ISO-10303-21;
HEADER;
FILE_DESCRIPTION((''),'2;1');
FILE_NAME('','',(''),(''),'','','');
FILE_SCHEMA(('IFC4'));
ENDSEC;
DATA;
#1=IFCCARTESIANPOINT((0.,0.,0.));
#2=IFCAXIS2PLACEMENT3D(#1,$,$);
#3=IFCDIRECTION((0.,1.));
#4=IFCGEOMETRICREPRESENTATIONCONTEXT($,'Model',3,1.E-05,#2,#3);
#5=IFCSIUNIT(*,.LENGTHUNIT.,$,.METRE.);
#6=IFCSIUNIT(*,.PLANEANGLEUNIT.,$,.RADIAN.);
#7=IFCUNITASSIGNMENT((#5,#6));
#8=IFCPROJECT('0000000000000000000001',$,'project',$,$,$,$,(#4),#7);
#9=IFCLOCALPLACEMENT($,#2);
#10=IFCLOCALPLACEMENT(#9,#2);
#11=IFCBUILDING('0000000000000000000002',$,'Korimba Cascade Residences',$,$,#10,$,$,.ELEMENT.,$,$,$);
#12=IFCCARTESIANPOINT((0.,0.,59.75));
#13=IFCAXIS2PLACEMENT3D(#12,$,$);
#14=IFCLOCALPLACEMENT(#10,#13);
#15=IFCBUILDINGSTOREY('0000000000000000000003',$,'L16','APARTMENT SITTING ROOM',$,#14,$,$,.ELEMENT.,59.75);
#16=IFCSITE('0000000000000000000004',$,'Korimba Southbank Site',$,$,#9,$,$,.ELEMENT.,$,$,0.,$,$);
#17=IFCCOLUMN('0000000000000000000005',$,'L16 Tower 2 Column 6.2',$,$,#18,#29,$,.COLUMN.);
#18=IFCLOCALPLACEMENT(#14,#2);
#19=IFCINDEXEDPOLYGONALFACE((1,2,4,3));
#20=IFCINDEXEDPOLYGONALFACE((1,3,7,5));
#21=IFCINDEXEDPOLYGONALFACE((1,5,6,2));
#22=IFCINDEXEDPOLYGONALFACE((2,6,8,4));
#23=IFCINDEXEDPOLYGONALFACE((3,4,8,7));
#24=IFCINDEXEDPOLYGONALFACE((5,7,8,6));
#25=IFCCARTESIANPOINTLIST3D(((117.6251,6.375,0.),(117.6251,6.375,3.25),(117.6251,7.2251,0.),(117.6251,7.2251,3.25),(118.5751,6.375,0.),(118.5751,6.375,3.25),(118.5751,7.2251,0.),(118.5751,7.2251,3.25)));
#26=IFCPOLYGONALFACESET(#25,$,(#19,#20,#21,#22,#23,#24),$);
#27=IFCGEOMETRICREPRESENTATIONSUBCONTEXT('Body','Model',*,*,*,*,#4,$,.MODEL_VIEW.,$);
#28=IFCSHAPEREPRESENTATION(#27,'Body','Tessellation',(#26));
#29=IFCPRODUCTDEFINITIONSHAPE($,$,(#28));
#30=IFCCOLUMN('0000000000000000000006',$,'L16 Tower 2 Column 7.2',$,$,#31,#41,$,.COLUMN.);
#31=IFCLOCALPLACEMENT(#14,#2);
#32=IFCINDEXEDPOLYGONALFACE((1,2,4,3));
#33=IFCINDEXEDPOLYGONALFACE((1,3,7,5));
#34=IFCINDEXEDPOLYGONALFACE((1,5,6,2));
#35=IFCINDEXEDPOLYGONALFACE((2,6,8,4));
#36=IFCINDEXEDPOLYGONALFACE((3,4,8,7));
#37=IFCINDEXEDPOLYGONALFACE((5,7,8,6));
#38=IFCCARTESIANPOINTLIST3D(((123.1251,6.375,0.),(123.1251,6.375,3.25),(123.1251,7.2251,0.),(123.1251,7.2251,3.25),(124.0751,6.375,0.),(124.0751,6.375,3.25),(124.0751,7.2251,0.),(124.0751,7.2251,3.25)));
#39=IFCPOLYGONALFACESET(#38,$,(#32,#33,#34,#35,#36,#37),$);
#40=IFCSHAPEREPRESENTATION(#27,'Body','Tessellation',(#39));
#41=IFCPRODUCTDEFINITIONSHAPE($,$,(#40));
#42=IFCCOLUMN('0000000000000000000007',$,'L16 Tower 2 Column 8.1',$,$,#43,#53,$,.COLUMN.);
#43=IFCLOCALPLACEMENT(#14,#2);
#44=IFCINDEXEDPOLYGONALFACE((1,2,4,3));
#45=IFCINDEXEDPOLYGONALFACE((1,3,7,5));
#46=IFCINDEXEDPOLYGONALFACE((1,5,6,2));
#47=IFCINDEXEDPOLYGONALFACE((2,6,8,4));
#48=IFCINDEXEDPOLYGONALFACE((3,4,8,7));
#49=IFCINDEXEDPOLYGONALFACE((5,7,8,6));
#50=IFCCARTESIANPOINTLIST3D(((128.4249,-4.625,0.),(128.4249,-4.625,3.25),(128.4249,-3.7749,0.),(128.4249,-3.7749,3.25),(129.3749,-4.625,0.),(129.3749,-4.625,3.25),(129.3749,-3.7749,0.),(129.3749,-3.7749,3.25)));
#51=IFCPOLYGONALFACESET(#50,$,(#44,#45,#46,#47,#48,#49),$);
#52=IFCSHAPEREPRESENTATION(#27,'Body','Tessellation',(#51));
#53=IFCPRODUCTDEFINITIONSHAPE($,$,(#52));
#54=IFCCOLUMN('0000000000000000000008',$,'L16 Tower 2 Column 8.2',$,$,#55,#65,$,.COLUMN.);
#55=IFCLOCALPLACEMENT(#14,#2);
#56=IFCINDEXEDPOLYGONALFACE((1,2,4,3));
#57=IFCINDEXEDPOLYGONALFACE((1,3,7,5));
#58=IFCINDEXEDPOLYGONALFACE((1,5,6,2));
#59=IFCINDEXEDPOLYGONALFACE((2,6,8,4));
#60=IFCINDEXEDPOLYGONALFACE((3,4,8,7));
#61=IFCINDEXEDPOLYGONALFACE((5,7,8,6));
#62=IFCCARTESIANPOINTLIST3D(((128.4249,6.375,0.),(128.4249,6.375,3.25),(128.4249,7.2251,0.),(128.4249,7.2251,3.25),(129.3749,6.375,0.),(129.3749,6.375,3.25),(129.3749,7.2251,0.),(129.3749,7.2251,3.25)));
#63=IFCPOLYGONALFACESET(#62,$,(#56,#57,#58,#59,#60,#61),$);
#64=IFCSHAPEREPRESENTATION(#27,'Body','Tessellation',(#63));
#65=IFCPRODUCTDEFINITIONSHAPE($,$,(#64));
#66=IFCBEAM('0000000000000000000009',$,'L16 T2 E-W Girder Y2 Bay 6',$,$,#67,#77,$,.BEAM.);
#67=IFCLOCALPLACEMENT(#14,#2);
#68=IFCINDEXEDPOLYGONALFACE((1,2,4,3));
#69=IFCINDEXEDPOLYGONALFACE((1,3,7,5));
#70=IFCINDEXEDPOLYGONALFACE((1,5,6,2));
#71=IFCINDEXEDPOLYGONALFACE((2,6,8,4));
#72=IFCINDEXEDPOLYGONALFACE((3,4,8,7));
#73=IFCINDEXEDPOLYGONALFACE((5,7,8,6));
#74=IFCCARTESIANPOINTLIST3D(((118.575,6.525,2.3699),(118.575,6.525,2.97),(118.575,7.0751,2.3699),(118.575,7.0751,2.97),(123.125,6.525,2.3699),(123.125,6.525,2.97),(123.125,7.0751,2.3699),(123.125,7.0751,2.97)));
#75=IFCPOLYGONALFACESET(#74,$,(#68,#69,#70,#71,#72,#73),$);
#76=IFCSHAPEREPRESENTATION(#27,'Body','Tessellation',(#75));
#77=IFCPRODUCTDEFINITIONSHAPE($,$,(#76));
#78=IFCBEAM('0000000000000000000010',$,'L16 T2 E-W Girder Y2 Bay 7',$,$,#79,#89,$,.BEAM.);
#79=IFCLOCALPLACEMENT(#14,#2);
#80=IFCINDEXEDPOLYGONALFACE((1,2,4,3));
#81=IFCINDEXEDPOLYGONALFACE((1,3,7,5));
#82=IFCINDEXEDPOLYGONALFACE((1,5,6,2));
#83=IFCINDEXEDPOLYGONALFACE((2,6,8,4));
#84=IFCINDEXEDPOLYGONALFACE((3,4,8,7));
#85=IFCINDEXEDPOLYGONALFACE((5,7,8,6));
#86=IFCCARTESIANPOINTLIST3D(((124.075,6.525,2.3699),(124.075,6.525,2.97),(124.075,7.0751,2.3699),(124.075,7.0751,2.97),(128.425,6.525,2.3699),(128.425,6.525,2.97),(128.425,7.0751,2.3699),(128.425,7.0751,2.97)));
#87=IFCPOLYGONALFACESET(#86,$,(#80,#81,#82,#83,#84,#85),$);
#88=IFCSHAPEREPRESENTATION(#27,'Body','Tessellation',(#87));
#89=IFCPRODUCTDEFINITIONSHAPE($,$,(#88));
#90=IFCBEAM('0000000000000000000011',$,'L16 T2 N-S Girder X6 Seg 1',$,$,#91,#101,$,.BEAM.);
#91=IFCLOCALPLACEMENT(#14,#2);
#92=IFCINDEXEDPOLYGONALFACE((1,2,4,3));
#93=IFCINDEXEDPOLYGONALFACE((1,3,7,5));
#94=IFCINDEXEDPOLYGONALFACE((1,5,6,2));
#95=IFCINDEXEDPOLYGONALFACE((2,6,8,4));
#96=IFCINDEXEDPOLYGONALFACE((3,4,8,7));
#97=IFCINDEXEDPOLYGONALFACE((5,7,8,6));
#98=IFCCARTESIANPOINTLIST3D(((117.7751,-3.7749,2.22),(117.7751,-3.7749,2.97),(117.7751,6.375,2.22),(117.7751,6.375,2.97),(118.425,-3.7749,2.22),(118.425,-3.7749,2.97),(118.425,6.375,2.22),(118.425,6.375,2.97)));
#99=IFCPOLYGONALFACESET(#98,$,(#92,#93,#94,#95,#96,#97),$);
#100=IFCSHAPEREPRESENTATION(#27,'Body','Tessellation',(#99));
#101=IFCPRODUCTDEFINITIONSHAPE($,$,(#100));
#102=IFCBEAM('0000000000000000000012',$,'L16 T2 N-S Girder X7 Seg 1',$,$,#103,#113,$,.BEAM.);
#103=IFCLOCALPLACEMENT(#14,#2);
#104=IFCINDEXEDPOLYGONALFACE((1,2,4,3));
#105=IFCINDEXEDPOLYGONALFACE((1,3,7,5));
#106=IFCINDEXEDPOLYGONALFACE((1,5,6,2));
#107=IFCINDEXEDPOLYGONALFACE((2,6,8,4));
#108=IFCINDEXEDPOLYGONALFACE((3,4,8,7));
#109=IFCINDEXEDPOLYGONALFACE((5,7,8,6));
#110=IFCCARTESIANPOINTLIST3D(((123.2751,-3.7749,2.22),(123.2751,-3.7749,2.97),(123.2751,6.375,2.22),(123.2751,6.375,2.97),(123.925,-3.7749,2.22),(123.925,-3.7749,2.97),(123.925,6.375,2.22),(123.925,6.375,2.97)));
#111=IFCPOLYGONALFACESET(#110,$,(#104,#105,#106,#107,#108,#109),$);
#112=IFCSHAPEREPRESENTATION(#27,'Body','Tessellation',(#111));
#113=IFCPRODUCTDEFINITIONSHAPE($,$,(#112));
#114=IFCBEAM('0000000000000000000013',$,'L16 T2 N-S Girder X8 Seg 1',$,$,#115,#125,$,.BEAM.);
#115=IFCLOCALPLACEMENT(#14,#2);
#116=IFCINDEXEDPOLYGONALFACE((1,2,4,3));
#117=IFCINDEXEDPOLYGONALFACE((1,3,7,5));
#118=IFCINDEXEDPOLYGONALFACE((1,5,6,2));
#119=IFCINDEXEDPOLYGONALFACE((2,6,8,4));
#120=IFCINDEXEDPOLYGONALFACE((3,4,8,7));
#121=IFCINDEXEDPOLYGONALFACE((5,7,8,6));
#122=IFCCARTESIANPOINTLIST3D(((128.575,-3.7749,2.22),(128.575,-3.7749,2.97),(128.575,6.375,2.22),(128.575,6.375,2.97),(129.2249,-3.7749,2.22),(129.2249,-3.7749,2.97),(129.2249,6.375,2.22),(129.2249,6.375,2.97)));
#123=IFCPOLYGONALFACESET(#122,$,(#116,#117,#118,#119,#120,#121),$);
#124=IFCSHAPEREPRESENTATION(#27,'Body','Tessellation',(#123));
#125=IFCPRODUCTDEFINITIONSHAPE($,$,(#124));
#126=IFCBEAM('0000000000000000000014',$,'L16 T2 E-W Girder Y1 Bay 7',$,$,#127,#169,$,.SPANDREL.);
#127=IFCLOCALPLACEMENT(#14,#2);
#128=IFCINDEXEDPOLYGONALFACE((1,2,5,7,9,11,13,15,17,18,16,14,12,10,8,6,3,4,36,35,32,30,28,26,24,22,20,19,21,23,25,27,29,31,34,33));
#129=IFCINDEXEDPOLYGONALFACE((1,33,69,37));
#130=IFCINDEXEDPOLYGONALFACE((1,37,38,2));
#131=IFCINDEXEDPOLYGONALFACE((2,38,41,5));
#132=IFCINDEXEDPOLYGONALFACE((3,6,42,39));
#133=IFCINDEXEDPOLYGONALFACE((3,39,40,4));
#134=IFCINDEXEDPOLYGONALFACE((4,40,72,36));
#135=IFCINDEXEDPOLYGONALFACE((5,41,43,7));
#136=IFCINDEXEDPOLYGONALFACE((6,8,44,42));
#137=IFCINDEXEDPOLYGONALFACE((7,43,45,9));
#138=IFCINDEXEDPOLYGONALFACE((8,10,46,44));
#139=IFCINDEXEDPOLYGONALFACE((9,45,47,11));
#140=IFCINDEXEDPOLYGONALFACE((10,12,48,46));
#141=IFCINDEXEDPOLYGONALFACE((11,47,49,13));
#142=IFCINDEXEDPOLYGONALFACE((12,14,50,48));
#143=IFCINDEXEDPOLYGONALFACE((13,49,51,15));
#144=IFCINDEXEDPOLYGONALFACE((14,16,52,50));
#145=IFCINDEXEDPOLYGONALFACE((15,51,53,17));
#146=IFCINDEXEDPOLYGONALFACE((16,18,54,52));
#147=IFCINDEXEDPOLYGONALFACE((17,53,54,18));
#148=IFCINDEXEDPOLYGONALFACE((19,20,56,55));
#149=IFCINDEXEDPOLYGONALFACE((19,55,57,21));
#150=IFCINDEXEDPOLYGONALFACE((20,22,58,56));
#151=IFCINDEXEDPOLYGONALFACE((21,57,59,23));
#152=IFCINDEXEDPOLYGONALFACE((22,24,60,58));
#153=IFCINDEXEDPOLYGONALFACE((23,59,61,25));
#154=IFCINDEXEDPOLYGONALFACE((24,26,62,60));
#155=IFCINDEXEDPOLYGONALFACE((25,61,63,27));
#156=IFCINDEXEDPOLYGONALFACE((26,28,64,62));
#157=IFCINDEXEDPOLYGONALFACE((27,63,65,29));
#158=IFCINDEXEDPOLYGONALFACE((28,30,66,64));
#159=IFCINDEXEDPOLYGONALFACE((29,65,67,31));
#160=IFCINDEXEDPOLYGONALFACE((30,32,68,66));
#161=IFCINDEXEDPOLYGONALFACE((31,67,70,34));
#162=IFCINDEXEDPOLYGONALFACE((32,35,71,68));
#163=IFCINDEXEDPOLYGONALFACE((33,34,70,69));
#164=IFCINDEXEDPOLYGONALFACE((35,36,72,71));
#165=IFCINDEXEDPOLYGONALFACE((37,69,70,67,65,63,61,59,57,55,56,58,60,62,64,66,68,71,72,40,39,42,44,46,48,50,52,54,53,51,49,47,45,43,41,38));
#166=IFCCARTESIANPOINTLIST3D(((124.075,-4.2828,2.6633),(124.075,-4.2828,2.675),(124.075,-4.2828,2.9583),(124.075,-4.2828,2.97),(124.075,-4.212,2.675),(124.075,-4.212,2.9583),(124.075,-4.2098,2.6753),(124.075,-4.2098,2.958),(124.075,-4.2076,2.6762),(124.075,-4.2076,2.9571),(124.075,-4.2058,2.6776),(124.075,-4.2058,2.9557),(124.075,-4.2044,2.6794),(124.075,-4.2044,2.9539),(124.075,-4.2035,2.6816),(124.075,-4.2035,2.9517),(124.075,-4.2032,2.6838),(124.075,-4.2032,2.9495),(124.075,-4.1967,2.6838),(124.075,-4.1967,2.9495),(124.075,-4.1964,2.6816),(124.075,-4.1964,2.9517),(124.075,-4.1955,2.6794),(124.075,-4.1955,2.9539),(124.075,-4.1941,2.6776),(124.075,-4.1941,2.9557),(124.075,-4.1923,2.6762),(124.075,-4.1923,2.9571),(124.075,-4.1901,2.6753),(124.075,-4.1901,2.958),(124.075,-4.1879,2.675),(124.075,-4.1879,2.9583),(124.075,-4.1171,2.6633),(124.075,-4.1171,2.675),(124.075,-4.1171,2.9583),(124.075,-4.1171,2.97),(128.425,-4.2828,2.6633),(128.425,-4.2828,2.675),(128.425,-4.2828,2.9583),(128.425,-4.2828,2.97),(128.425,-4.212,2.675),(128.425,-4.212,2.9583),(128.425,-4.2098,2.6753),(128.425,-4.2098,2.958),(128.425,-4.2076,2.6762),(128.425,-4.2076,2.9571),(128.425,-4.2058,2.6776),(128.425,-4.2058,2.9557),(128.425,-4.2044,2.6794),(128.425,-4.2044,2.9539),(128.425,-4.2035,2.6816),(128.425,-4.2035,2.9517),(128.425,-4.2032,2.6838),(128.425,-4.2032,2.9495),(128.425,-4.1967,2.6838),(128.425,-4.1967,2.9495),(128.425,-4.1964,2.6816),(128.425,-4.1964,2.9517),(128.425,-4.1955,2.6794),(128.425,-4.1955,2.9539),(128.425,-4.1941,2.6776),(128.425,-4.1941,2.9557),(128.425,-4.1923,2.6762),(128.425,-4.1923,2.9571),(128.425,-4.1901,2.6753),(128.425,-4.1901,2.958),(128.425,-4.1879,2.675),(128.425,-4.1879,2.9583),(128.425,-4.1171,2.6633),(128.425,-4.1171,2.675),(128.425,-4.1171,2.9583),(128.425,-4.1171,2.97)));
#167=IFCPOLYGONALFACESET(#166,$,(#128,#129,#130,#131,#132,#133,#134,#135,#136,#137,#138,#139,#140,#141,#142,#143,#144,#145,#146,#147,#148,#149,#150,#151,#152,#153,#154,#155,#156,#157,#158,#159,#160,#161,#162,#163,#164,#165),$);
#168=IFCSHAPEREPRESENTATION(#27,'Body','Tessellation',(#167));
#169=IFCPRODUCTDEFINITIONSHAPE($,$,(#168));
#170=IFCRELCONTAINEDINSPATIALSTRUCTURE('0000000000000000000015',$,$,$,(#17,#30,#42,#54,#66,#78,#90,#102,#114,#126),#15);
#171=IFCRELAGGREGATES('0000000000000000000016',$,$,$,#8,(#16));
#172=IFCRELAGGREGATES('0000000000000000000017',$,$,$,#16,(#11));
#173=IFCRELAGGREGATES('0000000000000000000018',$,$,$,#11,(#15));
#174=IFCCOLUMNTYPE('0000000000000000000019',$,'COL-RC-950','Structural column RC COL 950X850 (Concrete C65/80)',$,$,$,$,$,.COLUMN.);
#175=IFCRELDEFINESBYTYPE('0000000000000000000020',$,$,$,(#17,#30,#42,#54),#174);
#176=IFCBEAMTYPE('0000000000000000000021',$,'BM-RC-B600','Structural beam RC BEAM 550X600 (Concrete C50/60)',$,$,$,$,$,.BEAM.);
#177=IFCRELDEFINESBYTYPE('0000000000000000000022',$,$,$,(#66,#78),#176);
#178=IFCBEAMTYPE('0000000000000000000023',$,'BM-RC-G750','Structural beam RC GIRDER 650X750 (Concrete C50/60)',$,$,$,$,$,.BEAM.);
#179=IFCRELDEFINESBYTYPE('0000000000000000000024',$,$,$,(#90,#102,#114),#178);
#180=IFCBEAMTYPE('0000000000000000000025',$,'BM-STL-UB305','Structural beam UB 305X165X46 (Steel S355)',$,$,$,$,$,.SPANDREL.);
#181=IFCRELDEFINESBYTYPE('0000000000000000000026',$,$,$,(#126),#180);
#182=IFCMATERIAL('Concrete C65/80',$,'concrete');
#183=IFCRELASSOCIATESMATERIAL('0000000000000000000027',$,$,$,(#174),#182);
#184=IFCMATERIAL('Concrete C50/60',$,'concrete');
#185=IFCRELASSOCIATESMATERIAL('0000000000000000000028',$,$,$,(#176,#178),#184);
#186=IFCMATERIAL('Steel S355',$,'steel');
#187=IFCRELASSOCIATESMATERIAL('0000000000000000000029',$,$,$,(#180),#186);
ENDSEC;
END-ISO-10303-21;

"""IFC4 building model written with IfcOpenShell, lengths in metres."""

from ifc_helpers import new_model, si_unit, direction, frame, origin, origin_2d, place, context, subcontext, project, spatial, rectangle, i_section, extrude, material, material_profile, profile_set, type_object, element, save


model = new_model("IFC4")

# Units and contexts
model_context = context("Model", 3, precision=1e-05, world=origin(), true_north=direction((0.0, 1.0)))
body_context = subcontext(model_context, "Body", "Model", "MODEL_VIEW")
ifc_project = project(units=[si_unit("LENGTHUNIT", "METRE"), si_unit("PLANEANGLEUNIT", "RADIAN")], contexts=[model_context])

# Site, building, storey
site_placement = place(None, origin())
site = spatial("IfcSite", under=ifc_project, at=site_placement, Name="Korimba Southbank Site", CompositionType="ELEMENT", RefElevation=0.0)
building_placement = place(site_placement, origin())
building = spatial("IfcBuilding", under=site, at=building_placement, Name="Korimba Cascade Residences", CompositionType="ELEMENT")
storey_placement = place(building_placement, frame((0.0, 0.0, 59.75)))
storey = spatial("IfcBuildingStorey", under=building, at=storey_placement, Name="L16", Description="APARTMENT SITTING ROOM", CompositionType="ELEMENT", Elevation=59.75)

# Columns
ifc_material_1 = material(Name="Concrete C65/80", Category="concrete")
ifc_material_profile_1 = material_profile(ifc_material_1, rectangle(XDim=0.95, YDim=0.8501, at=origin_2d()), Name="Concrete C65/80")
ifc_profile_set_1 = profile_set([ifc_material_profile_1], Name="Concrete C65/80")
column_type = type_object("IfcColumnType", Name="COL-RC-950", Description="Structural column RC COL 950X850 (Concrete C65/80)", PredefinedType="COLUMN", material=ifc_profile_set_1)
for number, where, z_axis, x_axis, name in (
    (1, (118.1001, 6.8, 0.0), (0.0, 0.0, 1.0), (1.0, 0.0, 0.0), "L16 Tower 2 Column 6.2"),
    (2, (123.6001, 6.8, 0.0), (0.0, 0.0, 1.0), (1.0, 0.0, 0.0), "L16 Tower 2 Column 7.2"),
    (3, (128.8999, -4.2, 0.0), (0.0, 0.0, 1.0), (1.0, 0.0, 0.0), "L16 Tower 2 Column 8.1"),
    (4, (128.8999, 6.8, 0.0), (0.0, 0.0, 1.0), (1.0, 0.0, 0.0), "L16 Tower 2 Column 8.2"),
):
    element("IfcColumn", number, at=place(storey_placement, frame(where, z_axis=z_axis, x_axis=x_axis)), inside=storey, type_object=column_type, Name=name, PredefinedType="COLUMN", context=body_context, shape_type="SweptSolid", body=[
        extrude(rectangle(XDim=0.95, YDim=0.8501, at=origin_2d()), origin(), (0.0, 0.0, 1.0), 3.25),
    ])

# Beams
ifc_material_2 = material(Name="Concrete C50/60", Category="concrete")
ifc_material_profile_2 = material_profile(ifc_material_2, rectangle(XDim=0.55, YDim=0.6001, at=origin_2d()), Name="Concrete C50/60")
ifc_profile_set_2 = profile_set([ifc_material_profile_2], Name="Concrete C50/60")
beam_type_1 = type_object("IfcBeamType", Name="BM-RC-B600", Description="Structural beam RC BEAM 550X600 (Concrete C50/60)", PredefinedType="BEAM", material=ifc_profile_set_2)
beam_1_placement = place(storey_placement, frame((118.575, 6.8, 2.6699), z_axis=(1.0, 0.0, 0.0), x_axis=(0.0, 1.0, 0.0)))
element("IfcBeam", 5, at=beam_1_placement, inside=storey, type_object=beam_type_1, Name="L16 T2 E-W Girder Y2 Bay 6", PredefinedType="BEAM", context=body_context, shape_type="SweptSolid", body=[
    extrude(rectangle(XDim=0.55, YDim=0.6001, at=origin_2d()), origin(), (0.0, 0.0, 1.0), 4.55),
])
beam_2_placement = place(storey_placement, frame((124.075, 6.8, 2.6699), z_axis=(1.0, 0.0, 0.0), x_axis=(0.0, 1.0, 0.0)))
element("IfcBeam", 6, at=beam_2_placement, inside=storey, type_object=beam_type_1, Name="L16 T2 E-W Girder Y2 Bay 7", PredefinedType="BEAM", context=body_context, shape_type="SweptSolid", body=[
    extrude(rectangle(XDim=0.55, YDim=0.6001, at=origin_2d()), origin(), (0.0, 0.0, 1.0), 4.3501),
])
ifc_material_profile_3 = material_profile(ifc_material_2, rectangle(XDim=0.6499, YDim=0.75, at=origin_2d()), Name="Concrete C50/60")
ifc_profile_set_3 = profile_set([ifc_material_profile_3], Name="Concrete C50/60")
beam_type_2 = type_object("IfcBeamType", Name="BM-RC-G750", Description="Structural beam RC GIRDER 650X750 (Concrete C50/60)", PredefinedType="BEAM", material=ifc_profile_set_3)
for number, where, z_axis, x_axis, name in (
    (7, (118.1001, -3.7749, 2.595), (0.0, 1.0, 0.0), (-1.0, 0.0, 0.0), "L16 T2 N-S Girder X6 Seg 1"),
    (8, (123.6001, -3.7749, 2.595), (0.0, 1.0, 0.0), (-1.0, 0.0, 0.0), "L16 T2 N-S Girder X7 Seg 1"),
    (9, (128.8999, -3.7749, 2.595), (0.0, 1.0, 0.0), (-1.0, 0.0, 0.0), "L16 T2 N-S Girder X8 Seg 1"),
):
    element("IfcBeam", number, at=place(storey_placement, frame(where, z_axis=z_axis, x_axis=x_axis)), inside=storey, type_object=beam_type_2, Name=name, PredefinedType="BEAM", context=body_context, shape_type="SweptSolid", body=[
        extrude(rectangle(XDim=0.6499, YDim=0.75, at=origin_2d()), origin(), (0.0, 0.0, 1.0), 10.1499),
    ])
ifc_material_3 = material(Name="Steel S355", Category="steel")
ifc_material_profile_4 = material_profile(ifc_material_3, i_section(OverallWidth=0.1658, OverallDepth=0.3066, WebThickness=0.0066, FlangeThickness=0.0117, FilletRadius=0.0088, at=origin_2d()), Name="Steel S355")
ifc_profile_set_4 = profile_set([ifc_material_profile_4], Name="Steel S355")
beam_type_3 = type_object("IfcBeamType", Name="BM-STL-UB305", Description="Structural beam UB 305X165X46 (Steel S355)", PredefinedType="SPANDREL", material=ifc_profile_set_4)
beam_3_placement = place(storey_placement, frame((124.075, -4.2, 2.8167), z_axis=(1.0, 0.0, 0.0), x_axis=(0.0, 1.0, 0.0)))
element("IfcBeam", 10, at=beam_3_placement, inside=storey, type_object=beam_type_3, Name="L16 T2 E-W Girder Y1 Bay 7", PredefinedType="SPANDREL", context=body_context, shape_type="SweptSolid", body=[
    extrude(i_section(OverallWidth=0.1658, OverallDepth=0.3066, WebThickness=0.0066, FlangeThickness=0.0117, FilletRadius=0.0088, at=origin_2d()), origin(), (0.0, 0.0, 1.0), 4.3501),
])

save(model, "model.ifc")
